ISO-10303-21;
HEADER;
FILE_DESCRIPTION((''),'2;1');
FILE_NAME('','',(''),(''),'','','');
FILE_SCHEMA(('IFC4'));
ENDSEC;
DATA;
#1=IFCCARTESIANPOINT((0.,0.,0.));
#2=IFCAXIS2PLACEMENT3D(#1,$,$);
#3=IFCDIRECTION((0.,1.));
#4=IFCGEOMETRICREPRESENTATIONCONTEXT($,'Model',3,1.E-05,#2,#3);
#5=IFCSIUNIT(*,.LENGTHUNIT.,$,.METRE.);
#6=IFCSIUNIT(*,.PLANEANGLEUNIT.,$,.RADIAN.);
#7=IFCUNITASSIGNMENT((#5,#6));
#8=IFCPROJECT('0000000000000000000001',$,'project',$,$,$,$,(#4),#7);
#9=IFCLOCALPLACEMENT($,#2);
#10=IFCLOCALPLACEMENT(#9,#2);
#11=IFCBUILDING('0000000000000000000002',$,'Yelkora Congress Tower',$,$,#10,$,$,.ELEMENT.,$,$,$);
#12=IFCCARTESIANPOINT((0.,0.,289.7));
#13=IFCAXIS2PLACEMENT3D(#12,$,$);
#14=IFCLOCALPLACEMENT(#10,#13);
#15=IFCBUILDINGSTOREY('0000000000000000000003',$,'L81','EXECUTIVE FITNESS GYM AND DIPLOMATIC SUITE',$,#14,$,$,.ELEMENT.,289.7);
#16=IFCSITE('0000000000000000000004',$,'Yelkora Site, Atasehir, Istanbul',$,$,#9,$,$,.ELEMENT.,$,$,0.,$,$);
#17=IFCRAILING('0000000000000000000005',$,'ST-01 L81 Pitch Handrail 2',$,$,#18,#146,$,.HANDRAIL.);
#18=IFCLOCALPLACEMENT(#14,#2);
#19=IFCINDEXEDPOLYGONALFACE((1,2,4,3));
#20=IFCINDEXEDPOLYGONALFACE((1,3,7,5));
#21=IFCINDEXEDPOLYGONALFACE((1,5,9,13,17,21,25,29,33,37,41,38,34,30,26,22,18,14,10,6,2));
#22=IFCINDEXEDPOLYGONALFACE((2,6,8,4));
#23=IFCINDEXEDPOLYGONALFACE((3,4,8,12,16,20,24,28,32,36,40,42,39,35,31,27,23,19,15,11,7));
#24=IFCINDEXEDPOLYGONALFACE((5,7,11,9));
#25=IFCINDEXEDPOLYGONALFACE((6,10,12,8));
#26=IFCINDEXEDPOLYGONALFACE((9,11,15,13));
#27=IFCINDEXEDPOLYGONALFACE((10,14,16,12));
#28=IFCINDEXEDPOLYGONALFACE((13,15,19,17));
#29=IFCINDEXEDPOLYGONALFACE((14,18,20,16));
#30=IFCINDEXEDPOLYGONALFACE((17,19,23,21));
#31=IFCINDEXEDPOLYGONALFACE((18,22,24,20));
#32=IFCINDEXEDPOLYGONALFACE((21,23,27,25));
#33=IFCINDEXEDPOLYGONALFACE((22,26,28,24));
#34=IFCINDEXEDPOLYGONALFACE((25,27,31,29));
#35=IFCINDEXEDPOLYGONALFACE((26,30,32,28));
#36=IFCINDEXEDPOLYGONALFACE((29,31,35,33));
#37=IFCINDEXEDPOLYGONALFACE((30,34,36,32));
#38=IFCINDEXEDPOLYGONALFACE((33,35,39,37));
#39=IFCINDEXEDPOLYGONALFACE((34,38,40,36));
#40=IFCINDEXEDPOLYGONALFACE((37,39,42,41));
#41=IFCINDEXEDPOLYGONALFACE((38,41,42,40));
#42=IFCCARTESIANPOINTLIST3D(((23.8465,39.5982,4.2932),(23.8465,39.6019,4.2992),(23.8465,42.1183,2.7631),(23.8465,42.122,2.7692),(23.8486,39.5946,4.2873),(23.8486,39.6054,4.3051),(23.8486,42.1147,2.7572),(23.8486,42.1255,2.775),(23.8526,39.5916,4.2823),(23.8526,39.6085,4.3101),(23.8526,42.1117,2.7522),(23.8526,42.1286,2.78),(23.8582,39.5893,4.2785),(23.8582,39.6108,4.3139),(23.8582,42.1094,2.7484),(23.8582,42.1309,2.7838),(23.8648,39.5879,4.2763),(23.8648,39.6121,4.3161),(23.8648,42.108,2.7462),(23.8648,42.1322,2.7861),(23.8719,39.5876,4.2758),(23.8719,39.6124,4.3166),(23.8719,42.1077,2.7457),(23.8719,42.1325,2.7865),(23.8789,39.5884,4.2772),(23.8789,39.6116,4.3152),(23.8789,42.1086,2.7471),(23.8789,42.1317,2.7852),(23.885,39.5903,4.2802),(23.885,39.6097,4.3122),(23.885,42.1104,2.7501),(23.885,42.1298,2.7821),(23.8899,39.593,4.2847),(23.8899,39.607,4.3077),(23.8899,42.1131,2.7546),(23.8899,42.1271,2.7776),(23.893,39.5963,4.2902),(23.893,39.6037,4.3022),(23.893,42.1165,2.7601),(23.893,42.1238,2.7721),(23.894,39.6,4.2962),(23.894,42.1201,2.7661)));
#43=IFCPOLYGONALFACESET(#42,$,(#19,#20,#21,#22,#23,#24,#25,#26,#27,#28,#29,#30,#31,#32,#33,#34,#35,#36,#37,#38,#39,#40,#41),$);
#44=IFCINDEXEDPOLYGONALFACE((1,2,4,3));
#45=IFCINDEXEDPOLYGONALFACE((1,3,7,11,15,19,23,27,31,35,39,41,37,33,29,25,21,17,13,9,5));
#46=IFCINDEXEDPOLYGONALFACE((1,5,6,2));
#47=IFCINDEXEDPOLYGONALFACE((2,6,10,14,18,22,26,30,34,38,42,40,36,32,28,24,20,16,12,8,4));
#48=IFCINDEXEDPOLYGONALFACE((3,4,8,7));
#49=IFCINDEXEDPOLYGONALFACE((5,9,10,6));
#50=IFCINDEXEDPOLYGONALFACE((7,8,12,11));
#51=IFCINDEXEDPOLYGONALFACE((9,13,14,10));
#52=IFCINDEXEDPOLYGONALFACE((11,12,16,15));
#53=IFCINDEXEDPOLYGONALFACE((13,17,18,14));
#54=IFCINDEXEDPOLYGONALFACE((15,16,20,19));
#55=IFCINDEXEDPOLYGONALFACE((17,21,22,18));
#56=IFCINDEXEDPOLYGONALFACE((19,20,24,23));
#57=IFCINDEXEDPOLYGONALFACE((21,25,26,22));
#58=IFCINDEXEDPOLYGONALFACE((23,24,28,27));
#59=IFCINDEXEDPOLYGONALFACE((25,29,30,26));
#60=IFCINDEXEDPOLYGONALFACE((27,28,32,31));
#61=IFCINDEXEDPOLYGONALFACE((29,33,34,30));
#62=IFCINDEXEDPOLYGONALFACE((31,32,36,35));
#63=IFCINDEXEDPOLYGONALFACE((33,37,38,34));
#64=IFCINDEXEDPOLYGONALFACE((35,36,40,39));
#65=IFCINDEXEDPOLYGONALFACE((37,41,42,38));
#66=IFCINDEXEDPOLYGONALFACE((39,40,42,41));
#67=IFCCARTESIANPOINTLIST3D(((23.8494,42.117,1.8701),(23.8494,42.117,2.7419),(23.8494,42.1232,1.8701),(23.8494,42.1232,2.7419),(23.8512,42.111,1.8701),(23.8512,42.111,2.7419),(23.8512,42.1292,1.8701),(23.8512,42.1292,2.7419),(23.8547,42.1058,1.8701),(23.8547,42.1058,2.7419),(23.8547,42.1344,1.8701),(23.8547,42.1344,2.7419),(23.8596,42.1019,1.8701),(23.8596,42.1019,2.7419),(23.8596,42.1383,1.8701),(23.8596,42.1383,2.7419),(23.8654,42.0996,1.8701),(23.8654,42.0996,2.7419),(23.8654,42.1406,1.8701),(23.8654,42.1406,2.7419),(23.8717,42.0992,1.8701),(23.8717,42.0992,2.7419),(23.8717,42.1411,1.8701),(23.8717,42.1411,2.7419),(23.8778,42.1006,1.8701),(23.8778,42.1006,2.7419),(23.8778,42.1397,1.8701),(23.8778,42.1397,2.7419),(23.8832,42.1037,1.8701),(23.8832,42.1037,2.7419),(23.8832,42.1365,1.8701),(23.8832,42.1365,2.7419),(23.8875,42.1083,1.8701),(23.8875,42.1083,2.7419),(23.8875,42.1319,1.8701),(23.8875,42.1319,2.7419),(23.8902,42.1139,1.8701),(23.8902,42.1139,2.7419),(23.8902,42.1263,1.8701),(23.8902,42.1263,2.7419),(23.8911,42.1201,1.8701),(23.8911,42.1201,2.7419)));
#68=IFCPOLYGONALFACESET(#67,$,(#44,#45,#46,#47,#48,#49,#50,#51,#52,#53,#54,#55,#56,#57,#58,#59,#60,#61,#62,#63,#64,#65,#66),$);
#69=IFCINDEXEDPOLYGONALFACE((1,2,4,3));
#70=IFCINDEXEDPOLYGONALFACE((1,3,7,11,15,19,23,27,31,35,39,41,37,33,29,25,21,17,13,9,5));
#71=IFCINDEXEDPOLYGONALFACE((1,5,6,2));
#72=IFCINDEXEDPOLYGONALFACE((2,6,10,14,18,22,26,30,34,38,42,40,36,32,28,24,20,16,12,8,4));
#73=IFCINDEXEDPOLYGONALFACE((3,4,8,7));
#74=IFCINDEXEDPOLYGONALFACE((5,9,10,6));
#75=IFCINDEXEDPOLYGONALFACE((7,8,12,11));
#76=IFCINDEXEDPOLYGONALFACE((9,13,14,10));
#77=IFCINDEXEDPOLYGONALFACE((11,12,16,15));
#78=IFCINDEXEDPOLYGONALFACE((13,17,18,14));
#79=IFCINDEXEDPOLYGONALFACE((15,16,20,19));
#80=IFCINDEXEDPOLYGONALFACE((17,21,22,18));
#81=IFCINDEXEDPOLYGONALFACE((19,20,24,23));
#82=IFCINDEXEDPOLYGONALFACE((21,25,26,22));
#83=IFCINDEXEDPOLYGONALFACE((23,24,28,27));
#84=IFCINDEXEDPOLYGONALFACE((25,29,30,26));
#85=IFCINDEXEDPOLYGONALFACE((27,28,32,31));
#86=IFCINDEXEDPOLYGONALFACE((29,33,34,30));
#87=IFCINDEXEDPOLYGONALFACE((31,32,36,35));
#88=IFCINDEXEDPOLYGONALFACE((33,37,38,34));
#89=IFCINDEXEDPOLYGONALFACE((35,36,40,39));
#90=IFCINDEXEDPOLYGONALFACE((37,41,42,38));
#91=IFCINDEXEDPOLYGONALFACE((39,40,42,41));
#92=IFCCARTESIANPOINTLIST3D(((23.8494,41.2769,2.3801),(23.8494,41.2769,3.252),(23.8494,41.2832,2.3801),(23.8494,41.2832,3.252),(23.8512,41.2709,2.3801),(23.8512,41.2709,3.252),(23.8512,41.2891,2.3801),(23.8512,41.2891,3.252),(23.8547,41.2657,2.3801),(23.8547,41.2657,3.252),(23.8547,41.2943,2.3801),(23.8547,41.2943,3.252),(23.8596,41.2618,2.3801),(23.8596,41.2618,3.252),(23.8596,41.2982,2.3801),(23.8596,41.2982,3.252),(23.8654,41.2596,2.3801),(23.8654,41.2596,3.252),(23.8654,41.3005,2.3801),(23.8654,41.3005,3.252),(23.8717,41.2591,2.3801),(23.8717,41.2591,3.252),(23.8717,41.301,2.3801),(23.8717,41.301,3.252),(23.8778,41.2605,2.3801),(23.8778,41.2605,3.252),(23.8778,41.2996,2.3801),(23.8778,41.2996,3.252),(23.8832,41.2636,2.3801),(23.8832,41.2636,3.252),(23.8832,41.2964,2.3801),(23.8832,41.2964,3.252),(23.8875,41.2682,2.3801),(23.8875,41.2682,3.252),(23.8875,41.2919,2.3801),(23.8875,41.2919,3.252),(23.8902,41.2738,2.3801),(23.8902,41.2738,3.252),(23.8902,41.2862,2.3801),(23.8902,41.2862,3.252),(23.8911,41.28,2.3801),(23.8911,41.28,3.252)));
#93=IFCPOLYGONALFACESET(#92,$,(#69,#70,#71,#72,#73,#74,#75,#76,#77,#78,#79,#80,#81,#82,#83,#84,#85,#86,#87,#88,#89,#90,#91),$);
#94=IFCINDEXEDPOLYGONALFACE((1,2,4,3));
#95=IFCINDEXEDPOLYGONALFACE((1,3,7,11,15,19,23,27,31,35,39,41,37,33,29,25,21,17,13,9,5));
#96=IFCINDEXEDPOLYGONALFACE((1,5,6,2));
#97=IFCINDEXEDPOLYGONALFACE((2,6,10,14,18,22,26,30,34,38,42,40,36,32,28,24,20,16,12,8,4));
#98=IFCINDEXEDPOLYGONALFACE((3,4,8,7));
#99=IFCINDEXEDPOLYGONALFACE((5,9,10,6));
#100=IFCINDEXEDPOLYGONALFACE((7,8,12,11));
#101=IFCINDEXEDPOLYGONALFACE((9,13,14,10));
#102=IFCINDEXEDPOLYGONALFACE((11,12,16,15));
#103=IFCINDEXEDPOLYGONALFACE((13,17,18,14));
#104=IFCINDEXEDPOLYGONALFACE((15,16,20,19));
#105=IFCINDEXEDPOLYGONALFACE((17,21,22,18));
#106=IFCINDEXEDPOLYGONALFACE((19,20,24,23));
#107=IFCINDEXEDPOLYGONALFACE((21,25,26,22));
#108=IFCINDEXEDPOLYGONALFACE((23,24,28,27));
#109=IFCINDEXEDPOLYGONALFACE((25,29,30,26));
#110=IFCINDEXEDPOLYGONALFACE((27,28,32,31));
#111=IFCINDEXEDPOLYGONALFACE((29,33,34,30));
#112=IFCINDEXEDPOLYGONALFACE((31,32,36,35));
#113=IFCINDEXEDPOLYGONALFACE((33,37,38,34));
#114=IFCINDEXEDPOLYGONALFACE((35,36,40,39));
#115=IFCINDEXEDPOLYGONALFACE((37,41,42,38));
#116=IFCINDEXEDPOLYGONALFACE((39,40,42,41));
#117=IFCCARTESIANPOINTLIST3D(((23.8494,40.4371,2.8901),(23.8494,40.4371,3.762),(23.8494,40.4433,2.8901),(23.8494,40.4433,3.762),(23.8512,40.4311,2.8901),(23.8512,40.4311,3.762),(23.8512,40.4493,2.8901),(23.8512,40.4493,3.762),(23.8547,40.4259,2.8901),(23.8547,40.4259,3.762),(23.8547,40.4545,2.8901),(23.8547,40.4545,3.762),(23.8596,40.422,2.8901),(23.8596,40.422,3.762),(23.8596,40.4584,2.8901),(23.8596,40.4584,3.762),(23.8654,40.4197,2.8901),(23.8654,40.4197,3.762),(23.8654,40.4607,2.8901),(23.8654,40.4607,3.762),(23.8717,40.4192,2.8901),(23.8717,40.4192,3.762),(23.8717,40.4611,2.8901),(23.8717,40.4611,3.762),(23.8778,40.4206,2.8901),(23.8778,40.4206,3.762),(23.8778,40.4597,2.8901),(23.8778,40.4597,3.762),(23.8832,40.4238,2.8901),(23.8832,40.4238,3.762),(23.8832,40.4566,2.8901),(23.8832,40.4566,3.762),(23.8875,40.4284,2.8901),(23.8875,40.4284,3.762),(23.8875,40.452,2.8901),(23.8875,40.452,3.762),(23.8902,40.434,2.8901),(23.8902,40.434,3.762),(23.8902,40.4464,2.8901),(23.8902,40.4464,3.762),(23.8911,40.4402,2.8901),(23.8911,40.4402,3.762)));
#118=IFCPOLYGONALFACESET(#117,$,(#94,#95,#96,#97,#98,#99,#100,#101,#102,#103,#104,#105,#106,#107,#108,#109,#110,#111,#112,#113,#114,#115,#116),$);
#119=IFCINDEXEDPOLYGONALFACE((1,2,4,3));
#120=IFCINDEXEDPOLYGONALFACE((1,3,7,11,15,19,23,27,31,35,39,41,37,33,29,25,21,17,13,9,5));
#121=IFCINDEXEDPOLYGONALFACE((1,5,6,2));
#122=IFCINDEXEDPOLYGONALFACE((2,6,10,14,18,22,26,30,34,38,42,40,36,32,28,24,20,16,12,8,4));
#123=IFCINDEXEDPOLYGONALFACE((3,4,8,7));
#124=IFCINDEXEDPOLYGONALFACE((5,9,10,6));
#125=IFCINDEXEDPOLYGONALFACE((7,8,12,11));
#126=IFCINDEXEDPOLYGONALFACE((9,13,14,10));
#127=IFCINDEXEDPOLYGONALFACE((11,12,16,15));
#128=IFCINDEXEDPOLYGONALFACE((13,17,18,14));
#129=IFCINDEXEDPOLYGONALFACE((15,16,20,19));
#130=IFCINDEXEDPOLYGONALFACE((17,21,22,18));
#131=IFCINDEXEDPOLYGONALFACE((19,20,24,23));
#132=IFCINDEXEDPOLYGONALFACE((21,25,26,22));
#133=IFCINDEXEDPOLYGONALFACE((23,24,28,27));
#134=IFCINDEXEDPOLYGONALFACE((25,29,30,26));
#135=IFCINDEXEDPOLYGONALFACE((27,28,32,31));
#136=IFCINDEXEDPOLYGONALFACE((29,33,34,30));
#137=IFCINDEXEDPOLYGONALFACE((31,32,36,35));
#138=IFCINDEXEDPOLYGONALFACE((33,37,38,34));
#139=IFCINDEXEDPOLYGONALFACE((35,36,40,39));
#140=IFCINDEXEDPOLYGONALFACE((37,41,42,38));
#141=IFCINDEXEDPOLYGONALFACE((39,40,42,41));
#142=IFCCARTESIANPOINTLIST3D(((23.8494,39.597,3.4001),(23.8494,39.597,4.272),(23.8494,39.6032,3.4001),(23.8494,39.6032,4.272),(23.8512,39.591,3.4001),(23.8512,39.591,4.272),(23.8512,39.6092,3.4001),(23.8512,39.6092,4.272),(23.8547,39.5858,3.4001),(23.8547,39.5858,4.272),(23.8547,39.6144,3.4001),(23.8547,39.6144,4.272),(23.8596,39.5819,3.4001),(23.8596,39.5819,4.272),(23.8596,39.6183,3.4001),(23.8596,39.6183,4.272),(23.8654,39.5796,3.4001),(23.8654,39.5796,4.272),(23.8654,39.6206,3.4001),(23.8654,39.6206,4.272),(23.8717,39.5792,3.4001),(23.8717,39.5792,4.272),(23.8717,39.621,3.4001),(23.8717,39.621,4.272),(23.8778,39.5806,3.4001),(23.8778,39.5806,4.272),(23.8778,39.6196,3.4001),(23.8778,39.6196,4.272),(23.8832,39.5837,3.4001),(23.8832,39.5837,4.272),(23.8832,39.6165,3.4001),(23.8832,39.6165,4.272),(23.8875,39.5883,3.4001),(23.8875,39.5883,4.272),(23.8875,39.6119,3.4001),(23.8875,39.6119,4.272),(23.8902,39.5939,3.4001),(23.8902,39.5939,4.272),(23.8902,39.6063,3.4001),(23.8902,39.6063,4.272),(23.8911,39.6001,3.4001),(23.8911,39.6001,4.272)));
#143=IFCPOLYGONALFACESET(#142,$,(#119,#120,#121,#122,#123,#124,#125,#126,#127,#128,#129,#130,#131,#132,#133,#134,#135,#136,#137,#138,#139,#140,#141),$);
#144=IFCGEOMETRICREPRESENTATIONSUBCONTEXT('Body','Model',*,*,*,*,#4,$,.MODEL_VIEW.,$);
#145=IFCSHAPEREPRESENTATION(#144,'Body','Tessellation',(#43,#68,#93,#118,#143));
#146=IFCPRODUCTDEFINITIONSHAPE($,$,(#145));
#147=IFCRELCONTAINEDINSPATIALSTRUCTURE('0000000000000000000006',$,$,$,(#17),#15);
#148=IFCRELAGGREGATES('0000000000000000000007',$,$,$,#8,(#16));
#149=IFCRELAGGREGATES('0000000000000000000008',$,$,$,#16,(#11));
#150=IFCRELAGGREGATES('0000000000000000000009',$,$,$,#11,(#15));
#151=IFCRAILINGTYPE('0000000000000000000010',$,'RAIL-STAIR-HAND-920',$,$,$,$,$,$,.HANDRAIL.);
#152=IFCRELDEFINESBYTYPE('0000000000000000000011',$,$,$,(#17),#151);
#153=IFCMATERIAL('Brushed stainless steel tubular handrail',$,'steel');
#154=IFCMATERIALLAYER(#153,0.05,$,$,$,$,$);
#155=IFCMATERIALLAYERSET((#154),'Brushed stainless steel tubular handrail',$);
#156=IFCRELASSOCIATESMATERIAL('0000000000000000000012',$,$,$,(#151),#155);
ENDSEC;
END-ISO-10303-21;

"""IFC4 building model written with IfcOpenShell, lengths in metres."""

from ifc_helpers import new_model, si_unit, direction, frame, origin, origin_2d, place, context, subcontext, project, spatial, circle, extrude, material, layer, layer_set, type_object, element, save


model = new_model("IFC4")

# Units and contexts
model_context = context("Model", 3, precision=1e-05, world=origin(), true_north=direction((0.0, 1.0)))
body_context = subcontext(model_context, "Body", "Model", "MODEL_VIEW")
ifc_project = project(units=[si_unit("LENGTHUNIT", "METRE"), si_unit("PLANEANGLEUNIT", "RADIAN")], contexts=[model_context])

# Site, building, storey
site_placement = place(None, origin())
site = spatial("IfcSite", under=ifc_project, at=site_placement, Name="Yelkora Site, Atasehir, Istanbul", CompositionType="ELEMENT", RefElevation=0.0)
building_placement = place(site_placement, origin())
building = spatial("IfcBuilding", under=site, at=building_placement, Name="Yelkora Congress Tower", CompositionType="ELEMENT")
storey_placement = place(building_placement, frame((0.0, 0.0, 289.7)))
storey = spatial("IfcBuildingStorey", under=building, at=storey_placement, Name="L81", Description="EXECUTIVE FITNESS GYM AND DIPLOMATIC SUITE", CompositionType="ELEMENT", Elevation=289.7)

# Railing
ifc_material_1 = material(Name="Brushed stainless steel tubular handrail", Category="steel")
ifc_layer_1 = layer(ifc_material_1, 0.05)
ifc_layer_set_1 = layer_set([ifc_layer_1], Name="Brushed stainless steel tubular handrail")
railing_type_1 = type_object("IfcRailingType", Name="RAIL-STAIR-HAND-920", PredefinedType="HANDRAIL", material=ifc_layer_set_1)
railing_1_placement = place(storey_placement, frame((23.8701, 42.1201, 1.8701)))
element("IfcRailing", 1, at=railing_1_placement, inside=storey, type_object=railing_type_1, Name="ST-01 L81 Pitch Handrail 2", PredefinedType="HANDRAIL", context=body_context, shape_type="SweptSolid", body=[
    extrude(circle(Radius=0.0239, at=origin_2d()), frame((0.0, 0.0, 0.896), z_axis=(0.0, -0.854785, 0.518982), x_axis=(1.0, 0.0, 0.0)), (0.0, 0.0, 1.0), 2.9482),
    extrude(circle(Radius=0.021, at=origin_2d()), origin(), (0.0, 0.0, 1.0), 0.8718),
    extrude(circle(Radius=0.021, at=origin_2d()), frame((0.0, -0.8401, 0.51)), (0.0, 0.0, 1.0), 0.8718),
    extrude(circle(Radius=0.021, at=origin_2d()), frame((0.0, -1.6799, 1.02)), (0.0, 0.0, 1.0), 0.8718),
    extrude(circle(Radius=0.021, at=origin_2d()), frame((0.0, -2.52, 1.53)), (0.0, 0.0, 1.0), 0.8718),
])

save(model, "model.ifc")
